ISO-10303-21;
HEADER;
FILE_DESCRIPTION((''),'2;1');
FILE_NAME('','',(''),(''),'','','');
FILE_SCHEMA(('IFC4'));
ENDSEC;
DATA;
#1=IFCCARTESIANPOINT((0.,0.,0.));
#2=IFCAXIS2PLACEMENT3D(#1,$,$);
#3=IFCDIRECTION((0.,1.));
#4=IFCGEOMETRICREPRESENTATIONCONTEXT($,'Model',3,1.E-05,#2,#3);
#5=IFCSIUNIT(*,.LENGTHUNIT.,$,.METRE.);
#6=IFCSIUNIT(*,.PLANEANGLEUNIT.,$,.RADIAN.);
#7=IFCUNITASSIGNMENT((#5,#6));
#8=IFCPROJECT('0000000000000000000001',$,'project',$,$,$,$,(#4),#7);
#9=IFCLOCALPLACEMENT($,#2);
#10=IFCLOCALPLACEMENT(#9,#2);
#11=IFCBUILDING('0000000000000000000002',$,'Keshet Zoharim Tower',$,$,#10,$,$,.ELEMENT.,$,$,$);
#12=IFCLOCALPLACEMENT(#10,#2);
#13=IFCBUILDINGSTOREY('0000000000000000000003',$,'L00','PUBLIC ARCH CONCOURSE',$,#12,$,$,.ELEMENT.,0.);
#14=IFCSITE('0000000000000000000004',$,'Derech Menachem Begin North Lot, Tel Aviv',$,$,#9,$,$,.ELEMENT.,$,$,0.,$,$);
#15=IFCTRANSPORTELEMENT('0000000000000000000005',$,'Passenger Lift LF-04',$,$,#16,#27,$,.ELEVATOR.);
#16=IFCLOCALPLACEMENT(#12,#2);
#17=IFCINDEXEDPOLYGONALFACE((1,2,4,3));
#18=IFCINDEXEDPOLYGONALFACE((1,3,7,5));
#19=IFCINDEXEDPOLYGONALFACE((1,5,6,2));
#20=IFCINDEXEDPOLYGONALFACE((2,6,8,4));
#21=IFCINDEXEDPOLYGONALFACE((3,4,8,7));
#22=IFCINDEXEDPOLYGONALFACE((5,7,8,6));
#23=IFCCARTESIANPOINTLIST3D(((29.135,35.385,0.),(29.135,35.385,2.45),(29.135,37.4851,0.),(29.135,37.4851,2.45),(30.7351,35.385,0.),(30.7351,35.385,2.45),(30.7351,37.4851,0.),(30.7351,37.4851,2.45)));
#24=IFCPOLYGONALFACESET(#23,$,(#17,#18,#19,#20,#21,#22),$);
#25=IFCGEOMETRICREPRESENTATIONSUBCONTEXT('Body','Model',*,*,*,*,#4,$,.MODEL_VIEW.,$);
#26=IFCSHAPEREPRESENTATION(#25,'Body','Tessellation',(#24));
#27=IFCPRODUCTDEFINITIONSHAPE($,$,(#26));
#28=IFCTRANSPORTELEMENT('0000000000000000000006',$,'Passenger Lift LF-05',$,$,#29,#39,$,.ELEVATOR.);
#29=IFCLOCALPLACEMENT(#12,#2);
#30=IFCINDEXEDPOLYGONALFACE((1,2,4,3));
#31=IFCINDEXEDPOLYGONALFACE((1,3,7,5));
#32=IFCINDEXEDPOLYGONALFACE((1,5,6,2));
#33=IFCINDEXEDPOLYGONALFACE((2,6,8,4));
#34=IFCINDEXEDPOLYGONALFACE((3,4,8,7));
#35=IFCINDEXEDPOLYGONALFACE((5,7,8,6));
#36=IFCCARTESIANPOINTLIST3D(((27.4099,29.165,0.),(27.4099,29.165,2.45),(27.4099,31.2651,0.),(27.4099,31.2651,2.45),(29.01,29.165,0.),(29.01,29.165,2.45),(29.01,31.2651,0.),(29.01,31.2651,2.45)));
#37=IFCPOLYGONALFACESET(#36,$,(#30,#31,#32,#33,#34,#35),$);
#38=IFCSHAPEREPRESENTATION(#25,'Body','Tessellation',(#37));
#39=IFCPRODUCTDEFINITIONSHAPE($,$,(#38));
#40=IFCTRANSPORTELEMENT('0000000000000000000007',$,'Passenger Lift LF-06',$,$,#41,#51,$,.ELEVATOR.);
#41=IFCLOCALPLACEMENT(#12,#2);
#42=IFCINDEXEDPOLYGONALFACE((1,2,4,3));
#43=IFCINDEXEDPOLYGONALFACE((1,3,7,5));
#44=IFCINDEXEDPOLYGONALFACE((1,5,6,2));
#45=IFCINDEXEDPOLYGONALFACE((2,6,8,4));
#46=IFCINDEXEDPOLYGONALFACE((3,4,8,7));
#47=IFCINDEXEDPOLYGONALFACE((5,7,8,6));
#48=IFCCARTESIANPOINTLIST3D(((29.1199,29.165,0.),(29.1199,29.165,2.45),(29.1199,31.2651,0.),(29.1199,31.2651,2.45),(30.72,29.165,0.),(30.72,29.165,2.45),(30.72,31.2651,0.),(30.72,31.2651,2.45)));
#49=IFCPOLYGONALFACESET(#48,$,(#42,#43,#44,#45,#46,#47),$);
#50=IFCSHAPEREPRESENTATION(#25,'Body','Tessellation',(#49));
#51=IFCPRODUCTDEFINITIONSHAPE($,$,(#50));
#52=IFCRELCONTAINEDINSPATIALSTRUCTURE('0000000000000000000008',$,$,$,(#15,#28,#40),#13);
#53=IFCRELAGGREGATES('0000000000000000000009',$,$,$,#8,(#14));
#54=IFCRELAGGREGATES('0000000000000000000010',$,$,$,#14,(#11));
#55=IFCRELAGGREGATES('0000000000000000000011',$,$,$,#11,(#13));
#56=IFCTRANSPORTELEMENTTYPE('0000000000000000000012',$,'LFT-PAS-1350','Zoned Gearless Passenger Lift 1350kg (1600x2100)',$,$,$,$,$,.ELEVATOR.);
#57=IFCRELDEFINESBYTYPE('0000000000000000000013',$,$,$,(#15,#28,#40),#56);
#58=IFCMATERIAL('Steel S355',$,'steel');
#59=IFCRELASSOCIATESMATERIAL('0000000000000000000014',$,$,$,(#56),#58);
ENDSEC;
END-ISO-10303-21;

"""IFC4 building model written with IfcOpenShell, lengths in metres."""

from ifc_helpers import new_model, si_unit, direction, frame, origin, origin_2d, place, context, subcontext, project, spatial, rectangle, extrude, material, type_object, element, save


model = new_model("IFC4")

# Units and contexts
model_context = context("Model", 3, precision=1e-05, world=origin(), true_north=direction((0.0, 1.0)))
body_context = subcontext(model_context, "Body", "Model", "MODEL_VIEW")
ifc_project = project(units=[si_unit("LENGTHUNIT", "METRE"), si_unit("PLANEANGLEUNIT", "RADIAN")], contexts=[model_context])

# Site, building, storey
site_placement = place(None, origin())
site = spatial("IfcSite", under=ifc_project, at=site_placement, Name="Derech Menachem Begin North Lot, Tel Aviv", CompositionType="ELEMENT", RefElevation=0.0)
building_placement = place(site_placement, origin())
building = spatial("IfcBuilding", under=site, at=building_placement, Name="Keshet Zoharim Tower", CompositionType="ELEMENT")
storey_placement = place(building_placement, origin())
storey = spatial("IfcBuildingStorey", under=building, at=storey_placement, Name="L00", Description="PUBLIC ARCH CONCOURSE", CompositionType="ELEMENT", Elevation=0.0)

# Shared definitions
ifc_material_1 = material(Name="Steel S355", Category="steel")

# Transport elements
transport_element_type = type_object("IfcTransportElementType", Name="LFT-PAS-1350", Description="Zoned Gearless Passenger Lift 1350kg (1600x2100)", PredefinedType="ELEVATOR", material=ifc_material_1)
for number, where, z_axis, x_axis, name in (
    (1, (29.9351, 36.4351, 0.0), (0.0, 0.0, 1.0), (1.0, 0.0, 0.0), "Passenger Lift LF-04"),
    (2, (28.21, 30.2151, 0.0), (0.0, 0.0, 1.0), (1.0, 0.0, 0.0), "Passenger Lift LF-05"),
    (3, (29.9199, 30.2151, 0.0), (0.0, 0.0, 1.0), (1.0, 0.0, 0.0), "Passenger Lift LF-06"),
):
    element("IfcTransportElement", number, at=place(storey_placement, frame(where, z_axis=z_axis, x_axis=x_axis)), inside=storey, type_object=transport_element_type, Name=name, PredefinedType="ELEVATOR", context=body_context, shape_type="SweptSolid", body=[
        extrude(rectangle(XDim=1.6001, YDim=2.1001, at=origin_2d()), origin(), (0.0, 0.0, 1.0), 2.45),
    ])

save(model, "model.ifc")
